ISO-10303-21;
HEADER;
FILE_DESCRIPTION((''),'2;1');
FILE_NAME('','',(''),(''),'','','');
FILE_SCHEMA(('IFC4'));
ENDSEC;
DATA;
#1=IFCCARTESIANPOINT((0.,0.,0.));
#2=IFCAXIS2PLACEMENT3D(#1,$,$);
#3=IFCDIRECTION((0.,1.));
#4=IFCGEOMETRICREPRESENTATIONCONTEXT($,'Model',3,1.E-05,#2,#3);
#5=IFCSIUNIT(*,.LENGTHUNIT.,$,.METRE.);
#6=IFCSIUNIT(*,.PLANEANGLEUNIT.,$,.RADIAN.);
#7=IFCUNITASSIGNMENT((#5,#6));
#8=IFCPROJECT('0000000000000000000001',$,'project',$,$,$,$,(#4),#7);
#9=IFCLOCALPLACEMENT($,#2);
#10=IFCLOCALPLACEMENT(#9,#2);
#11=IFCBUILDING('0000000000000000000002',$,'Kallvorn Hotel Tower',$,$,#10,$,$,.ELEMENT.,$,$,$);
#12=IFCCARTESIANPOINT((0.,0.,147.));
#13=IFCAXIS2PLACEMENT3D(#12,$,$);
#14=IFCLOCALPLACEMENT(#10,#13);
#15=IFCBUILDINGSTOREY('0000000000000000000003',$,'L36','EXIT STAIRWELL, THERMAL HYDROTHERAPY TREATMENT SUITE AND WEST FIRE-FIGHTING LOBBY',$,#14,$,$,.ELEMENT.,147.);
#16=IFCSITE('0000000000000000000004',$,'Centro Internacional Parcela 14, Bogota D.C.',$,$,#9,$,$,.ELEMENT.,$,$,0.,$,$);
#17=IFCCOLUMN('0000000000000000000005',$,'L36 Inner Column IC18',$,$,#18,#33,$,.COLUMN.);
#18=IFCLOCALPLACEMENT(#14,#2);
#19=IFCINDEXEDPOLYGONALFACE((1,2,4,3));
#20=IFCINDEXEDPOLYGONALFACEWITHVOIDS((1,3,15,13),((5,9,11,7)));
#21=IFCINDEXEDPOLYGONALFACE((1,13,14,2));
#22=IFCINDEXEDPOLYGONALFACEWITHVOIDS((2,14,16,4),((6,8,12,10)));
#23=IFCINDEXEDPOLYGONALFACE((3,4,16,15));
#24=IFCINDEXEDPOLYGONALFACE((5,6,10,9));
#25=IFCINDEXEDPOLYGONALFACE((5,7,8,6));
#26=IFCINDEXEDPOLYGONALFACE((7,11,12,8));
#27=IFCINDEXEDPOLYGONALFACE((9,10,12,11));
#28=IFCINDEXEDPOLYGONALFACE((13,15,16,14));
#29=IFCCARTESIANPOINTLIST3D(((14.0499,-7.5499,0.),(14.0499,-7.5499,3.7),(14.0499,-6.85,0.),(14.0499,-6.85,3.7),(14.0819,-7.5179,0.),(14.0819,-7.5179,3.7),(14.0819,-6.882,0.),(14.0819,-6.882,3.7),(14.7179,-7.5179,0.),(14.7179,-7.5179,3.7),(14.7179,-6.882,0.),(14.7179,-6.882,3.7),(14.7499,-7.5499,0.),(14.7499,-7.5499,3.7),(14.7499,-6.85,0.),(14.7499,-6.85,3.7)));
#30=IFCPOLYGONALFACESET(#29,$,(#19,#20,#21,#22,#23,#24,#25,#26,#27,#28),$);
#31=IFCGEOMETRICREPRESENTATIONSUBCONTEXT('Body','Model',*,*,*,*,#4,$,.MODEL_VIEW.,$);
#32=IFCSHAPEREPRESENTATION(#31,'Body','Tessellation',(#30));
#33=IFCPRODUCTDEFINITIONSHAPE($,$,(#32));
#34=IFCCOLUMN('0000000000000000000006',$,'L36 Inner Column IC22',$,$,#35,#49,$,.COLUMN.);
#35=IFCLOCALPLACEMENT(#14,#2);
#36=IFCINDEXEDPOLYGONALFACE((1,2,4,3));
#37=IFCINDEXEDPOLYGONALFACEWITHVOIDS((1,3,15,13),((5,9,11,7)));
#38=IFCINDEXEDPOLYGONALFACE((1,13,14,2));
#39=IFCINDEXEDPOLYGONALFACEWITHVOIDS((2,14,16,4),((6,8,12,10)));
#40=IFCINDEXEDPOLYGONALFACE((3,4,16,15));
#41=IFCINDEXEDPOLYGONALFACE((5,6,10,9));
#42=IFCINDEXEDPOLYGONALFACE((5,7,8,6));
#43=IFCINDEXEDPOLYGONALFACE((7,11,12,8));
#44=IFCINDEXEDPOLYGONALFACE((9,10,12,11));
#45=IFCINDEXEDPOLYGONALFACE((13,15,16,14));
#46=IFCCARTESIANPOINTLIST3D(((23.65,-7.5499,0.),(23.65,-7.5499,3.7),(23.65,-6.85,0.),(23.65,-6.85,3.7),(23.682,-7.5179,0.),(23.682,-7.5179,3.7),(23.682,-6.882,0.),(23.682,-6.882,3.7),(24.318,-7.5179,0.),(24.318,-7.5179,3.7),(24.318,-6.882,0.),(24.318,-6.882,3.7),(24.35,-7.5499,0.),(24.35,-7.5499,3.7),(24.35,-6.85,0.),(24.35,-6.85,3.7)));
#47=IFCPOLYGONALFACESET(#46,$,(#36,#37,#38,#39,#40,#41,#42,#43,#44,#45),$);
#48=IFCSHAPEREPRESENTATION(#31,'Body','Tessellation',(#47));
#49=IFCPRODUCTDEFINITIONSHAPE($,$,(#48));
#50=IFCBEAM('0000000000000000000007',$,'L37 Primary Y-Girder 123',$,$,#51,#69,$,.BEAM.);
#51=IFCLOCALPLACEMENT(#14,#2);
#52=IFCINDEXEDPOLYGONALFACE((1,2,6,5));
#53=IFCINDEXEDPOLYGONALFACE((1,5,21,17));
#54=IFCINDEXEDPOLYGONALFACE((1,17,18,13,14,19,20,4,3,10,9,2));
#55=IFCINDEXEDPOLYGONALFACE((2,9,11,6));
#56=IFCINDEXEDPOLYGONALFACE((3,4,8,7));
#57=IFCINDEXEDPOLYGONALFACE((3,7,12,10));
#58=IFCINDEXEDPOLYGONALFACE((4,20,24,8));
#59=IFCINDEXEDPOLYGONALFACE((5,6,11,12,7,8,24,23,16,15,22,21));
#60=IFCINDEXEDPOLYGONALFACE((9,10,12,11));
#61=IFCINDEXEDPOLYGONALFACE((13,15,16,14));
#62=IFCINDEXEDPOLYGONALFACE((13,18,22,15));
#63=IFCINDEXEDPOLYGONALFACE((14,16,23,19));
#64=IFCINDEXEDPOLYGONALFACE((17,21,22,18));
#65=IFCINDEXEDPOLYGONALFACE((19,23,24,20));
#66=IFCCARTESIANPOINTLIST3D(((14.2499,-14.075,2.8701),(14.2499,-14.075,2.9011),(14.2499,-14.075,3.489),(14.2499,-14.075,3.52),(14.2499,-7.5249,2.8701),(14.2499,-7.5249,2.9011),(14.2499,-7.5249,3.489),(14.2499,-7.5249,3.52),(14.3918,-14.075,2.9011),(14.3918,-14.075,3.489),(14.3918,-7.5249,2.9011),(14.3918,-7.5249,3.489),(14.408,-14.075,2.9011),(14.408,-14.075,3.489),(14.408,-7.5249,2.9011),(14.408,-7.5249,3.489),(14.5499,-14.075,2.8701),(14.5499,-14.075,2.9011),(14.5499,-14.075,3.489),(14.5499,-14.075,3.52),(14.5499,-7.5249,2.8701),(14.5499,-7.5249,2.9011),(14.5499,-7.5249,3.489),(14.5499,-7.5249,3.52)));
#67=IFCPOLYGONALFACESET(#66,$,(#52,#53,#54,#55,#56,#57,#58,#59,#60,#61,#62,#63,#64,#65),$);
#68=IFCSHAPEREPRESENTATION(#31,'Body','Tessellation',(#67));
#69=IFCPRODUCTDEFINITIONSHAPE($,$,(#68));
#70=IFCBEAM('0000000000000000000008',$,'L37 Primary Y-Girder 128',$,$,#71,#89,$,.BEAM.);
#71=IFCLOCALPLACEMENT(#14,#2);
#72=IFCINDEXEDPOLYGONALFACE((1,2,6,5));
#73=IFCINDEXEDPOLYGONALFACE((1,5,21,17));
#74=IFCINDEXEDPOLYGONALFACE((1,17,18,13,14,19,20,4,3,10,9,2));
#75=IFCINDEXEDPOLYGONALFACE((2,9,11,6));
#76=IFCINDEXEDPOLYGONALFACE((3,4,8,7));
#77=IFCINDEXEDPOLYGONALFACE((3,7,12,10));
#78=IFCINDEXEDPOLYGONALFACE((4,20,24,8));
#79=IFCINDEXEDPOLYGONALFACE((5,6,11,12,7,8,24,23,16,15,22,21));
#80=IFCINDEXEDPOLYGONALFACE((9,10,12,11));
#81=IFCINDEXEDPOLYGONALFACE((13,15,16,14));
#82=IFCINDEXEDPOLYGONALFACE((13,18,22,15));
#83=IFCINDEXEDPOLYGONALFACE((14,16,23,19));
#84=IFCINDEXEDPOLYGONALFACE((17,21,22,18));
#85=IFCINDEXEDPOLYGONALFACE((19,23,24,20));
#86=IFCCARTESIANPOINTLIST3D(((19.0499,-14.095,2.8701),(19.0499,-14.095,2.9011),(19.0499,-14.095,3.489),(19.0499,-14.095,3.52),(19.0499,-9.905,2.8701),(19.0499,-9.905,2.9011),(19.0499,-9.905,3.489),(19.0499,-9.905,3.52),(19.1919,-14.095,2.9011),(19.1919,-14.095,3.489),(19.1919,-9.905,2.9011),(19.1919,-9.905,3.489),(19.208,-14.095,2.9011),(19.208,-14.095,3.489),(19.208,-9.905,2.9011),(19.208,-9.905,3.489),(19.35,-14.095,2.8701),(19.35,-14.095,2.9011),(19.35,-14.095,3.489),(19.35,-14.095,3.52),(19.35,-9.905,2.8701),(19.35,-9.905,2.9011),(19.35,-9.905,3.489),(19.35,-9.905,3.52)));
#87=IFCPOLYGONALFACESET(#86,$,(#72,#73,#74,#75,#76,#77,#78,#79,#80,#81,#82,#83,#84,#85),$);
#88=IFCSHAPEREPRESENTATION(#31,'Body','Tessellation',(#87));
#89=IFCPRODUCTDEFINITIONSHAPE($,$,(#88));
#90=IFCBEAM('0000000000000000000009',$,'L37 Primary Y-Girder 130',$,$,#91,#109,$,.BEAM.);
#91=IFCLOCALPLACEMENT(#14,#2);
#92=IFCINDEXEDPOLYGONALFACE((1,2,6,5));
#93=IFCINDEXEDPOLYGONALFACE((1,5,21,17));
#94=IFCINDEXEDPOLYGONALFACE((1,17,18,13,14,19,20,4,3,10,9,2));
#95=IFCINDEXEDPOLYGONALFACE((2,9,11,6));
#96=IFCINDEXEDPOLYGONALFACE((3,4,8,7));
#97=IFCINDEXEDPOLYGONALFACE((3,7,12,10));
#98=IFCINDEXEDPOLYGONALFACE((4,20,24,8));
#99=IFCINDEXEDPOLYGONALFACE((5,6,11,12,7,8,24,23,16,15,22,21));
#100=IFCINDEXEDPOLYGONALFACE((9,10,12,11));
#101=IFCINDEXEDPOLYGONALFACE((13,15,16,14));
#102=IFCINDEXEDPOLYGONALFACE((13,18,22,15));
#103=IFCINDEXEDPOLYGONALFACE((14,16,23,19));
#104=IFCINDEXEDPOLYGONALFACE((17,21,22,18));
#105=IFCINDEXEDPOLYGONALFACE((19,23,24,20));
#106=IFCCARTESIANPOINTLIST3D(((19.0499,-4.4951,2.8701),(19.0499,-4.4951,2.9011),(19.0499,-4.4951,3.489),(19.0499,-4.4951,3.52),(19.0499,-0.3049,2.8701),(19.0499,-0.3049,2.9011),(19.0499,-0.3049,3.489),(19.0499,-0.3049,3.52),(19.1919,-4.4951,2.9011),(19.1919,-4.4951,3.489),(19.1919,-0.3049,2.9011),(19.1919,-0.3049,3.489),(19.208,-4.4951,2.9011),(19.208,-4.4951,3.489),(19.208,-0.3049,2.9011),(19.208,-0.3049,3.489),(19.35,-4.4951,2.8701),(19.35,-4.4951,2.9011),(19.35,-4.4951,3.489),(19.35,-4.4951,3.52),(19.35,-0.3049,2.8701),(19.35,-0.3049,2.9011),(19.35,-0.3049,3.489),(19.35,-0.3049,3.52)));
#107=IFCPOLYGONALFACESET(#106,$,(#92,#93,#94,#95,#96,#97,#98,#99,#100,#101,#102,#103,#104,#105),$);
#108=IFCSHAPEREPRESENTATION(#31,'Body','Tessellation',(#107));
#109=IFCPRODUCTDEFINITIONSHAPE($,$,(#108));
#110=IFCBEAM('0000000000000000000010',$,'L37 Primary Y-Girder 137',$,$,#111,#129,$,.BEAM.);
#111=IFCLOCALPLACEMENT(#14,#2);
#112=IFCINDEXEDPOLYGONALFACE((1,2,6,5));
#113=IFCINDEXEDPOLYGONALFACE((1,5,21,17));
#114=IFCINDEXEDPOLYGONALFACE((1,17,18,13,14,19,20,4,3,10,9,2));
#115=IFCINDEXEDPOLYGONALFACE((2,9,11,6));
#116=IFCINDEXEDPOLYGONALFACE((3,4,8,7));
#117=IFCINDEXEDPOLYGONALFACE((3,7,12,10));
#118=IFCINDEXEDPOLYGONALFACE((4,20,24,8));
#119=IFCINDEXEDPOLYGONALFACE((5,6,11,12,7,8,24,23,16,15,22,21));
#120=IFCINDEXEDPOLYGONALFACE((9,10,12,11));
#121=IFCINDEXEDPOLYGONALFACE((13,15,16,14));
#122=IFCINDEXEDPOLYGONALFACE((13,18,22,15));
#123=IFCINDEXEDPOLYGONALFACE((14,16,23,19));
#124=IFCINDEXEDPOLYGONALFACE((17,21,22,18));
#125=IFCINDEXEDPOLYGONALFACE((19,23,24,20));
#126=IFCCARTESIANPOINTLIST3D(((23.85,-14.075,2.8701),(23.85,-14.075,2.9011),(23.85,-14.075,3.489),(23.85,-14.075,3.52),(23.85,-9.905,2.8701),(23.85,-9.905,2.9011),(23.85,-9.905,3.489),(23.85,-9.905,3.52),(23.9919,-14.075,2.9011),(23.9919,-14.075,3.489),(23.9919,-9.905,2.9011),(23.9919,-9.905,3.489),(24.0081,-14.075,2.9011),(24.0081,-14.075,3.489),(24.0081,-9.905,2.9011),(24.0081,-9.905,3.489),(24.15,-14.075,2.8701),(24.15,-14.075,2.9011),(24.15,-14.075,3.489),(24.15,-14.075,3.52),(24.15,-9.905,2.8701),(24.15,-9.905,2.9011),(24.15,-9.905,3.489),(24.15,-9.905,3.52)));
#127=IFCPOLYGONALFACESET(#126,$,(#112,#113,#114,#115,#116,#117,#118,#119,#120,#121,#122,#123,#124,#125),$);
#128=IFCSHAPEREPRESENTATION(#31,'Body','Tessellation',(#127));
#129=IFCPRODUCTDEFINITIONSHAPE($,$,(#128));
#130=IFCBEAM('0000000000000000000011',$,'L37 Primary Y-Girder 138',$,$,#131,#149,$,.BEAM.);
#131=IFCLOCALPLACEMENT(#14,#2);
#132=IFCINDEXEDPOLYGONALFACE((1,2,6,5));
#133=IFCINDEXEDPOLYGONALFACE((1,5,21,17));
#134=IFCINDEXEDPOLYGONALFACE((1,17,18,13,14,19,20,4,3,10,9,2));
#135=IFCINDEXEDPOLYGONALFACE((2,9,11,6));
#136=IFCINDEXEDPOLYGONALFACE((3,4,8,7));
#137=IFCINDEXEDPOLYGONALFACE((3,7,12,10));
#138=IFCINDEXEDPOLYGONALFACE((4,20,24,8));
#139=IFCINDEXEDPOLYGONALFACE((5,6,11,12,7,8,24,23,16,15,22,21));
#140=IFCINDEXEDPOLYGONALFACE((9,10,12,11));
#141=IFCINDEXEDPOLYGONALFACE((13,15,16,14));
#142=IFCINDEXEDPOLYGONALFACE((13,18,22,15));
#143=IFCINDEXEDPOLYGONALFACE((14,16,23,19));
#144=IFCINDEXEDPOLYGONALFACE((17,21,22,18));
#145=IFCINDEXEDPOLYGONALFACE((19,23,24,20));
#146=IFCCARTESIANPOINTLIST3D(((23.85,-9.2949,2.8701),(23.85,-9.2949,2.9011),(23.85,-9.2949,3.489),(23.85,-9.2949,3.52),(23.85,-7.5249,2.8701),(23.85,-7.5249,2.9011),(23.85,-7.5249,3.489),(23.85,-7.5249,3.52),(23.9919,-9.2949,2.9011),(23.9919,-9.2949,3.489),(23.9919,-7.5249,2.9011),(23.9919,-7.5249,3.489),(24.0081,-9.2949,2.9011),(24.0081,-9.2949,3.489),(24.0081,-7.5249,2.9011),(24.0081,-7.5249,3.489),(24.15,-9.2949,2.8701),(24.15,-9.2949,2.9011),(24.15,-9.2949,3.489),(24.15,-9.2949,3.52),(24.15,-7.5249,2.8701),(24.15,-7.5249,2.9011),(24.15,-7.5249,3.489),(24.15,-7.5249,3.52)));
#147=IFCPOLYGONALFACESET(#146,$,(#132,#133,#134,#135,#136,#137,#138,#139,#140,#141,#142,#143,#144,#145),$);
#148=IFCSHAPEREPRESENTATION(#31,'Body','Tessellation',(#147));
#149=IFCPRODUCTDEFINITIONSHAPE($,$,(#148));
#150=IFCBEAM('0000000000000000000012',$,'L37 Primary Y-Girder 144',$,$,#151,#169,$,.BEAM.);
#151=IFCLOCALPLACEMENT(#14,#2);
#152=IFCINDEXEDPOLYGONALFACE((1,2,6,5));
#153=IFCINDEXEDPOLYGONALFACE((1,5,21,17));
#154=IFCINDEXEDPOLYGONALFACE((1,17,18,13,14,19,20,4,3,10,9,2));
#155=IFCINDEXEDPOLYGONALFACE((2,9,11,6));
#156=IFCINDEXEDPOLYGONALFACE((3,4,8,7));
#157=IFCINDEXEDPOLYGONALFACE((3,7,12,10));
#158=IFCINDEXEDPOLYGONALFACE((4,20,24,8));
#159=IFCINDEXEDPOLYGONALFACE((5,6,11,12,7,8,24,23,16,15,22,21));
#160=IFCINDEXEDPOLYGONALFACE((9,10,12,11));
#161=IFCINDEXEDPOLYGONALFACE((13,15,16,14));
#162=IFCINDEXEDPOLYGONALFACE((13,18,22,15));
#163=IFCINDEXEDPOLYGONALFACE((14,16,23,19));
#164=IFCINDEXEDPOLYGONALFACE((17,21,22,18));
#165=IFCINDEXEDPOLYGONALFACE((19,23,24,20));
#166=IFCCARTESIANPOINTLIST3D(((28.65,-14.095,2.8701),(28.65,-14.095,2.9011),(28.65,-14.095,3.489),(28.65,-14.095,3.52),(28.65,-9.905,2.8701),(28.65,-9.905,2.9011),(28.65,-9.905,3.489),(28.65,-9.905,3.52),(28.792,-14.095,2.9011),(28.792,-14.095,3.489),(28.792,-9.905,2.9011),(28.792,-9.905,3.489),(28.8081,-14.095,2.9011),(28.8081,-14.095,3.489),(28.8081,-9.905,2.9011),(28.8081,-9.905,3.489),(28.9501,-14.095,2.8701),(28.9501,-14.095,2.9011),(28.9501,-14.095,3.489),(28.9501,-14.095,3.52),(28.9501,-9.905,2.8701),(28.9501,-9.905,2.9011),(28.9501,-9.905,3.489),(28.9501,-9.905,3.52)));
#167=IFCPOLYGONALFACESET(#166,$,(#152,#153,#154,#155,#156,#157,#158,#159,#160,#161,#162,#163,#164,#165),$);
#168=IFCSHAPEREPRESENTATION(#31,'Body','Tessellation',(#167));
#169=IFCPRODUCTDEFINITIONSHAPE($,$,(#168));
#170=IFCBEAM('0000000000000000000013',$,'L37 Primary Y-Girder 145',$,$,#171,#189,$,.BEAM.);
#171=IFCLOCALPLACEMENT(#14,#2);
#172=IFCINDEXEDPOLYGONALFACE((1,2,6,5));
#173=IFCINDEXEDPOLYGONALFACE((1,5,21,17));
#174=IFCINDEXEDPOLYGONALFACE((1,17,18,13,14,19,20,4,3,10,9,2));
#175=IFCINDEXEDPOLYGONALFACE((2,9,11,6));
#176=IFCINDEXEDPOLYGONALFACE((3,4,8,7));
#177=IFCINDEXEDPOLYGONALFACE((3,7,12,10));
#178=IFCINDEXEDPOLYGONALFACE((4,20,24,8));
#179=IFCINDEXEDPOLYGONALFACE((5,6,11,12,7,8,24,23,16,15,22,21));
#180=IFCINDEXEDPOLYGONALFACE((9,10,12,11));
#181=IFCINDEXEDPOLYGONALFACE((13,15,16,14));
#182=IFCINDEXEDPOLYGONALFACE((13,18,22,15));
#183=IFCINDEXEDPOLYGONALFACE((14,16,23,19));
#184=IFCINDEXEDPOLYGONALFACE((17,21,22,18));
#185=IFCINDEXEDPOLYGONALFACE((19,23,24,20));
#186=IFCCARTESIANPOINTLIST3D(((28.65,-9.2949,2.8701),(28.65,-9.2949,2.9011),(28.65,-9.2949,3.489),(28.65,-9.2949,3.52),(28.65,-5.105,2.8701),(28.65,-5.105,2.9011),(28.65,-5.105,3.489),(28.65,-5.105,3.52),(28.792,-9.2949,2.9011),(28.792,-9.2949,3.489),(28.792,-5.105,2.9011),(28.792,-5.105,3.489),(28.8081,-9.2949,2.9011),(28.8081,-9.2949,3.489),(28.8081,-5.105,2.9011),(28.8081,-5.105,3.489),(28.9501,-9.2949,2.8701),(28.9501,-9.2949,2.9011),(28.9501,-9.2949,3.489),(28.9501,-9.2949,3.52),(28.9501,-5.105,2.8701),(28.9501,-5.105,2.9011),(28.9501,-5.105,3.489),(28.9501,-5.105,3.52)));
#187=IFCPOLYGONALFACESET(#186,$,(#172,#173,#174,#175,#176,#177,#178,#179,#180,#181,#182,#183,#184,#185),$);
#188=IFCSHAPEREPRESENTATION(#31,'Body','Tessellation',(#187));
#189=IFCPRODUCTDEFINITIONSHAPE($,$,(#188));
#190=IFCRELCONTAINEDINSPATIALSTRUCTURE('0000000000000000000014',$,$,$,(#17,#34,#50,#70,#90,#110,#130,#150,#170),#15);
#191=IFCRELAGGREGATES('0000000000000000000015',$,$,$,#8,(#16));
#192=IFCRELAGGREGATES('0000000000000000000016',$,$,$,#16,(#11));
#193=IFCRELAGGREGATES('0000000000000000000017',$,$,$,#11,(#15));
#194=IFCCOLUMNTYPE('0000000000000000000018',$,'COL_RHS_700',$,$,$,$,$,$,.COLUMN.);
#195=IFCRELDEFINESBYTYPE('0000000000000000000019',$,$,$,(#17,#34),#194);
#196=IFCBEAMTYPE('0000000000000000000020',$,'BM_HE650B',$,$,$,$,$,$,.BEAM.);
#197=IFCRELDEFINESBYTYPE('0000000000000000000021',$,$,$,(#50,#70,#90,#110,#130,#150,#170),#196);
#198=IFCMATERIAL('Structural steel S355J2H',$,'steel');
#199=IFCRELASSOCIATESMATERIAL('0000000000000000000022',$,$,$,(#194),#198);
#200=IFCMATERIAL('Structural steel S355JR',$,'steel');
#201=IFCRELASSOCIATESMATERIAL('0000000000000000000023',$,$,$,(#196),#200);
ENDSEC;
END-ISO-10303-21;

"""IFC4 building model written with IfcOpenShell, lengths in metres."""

from ifc_helpers import new_model, si_unit, direction, frame, origin, origin_2d, place, context, subcontext, project, spatial, hollow_rectangle, i_section, extrude, material, material_profile, profile_set, type_object, element, save


model = new_model("IFC4")

# Units and contexts
model_context = context("Model", 3, precision=1e-05, world=origin(), true_north=direction((0.0, 1.0)))
body_context = subcontext(model_context, "Body", "Model", "MODEL_VIEW")
ifc_project = project(units=[si_unit("LENGTHUNIT", "METRE"), si_unit("PLANEANGLEUNIT", "RADIAN")], contexts=[model_context])

# Site, building, storey
site_placement = place(None, origin())
site = spatial("IfcSite", under=ifc_project, at=site_placement, Name="Centro Internacional Parcela 14, Bogota D.C.", CompositionType="ELEMENT", RefElevation=0.0)
building_placement = place(site_placement, origin())
building = spatial("IfcBuilding", under=site, at=building_placement, Name="Kallvorn Hotel Tower", CompositionType="ELEMENT")
storey_placement = place(building_placement, frame((0.0, 0.0, 147.0)))
storey = spatial("IfcBuildingStorey", under=building, at=storey_placement, Name="L36", Description="EXIT STAIRWELL, THERMAL HYDROTHERAPY TREATMENT SUITE AND WEST FIRE-FIGHTING LOBBY", CompositionType="ELEMENT", Elevation=147.0)

# Columns
ifc_material_1 = material(Name="Structural steel S355J2H", Category="steel")
ifc_material_profile_1 = material_profile(ifc_material_1, hollow_rectangle(XDim=0.7, YDim=0.7, WallThickness=0.032, at=origin_2d()), Name="RHS 700x700x32")
ifc_profile_set_1 = profile_set([ifc_material_profile_1], Name="Structural steel S355J2H")
column_type_1 = type_object("IfcColumnType", Name="COL_RHS_700", PredefinedType="COLUMN", material=ifc_profile_set_1)
for number, where, z_axis, x_axis, name in (
    (1, (14.3999, -7.2, 0.0), (0.0, 0.0, 1.0), (1.0, 0.0, 0.0), "L36 Inner Column IC18"),
    (2, (24.0, -7.2, 0.0), (0.0, 0.0, 1.0), (1.0, 0.0, 0.0), "L36 Inner Column IC22"),
):
    element("IfcColumn", number, at=place(storey_placement, frame(where, z_axis=z_axis, x_axis=x_axis)), inside=storey, type_object=column_type_1, Name=name, PredefinedType="COLUMN", context=body_context, shape_type="SweptSolid", body=[
        extrude(hollow_rectangle(XDim=0.7, YDim=0.7, WallThickness=0.032, at=origin_2d()), origin(), (0.0, 0.0, 1.0), 3.7),
    ])

# Beams
ifc_material_2 = material(Name="Structural steel S355JR", Category="steel")
ifc_material_profile_2 = material_profile(ifc_material_2, i_section(OverallWidth=0.3, OverallDepth=0.6499, WebThickness=0.0161, FlangeThickness=0.031, at=origin_2d()), Name="HE 650 B")
ifc_profile_set_2 = profile_set([ifc_material_profile_2], Name="Structural steel S355JR")
beam_type_1 = type_object("IfcBeamType", Name="BM_HE650B", PredefinedType="BEAM", material=ifc_profile_set_2)
beam_1_placement = place(storey_placement, frame((14.3999, -14.075, 3.1951), z_axis=(0.0, 1.0, 0.0), x_axis=(-1.0, 0.0, 0.0)))
element("IfcBeam", 3, at=beam_1_placement, inside=storey, type_object=beam_type_1, Name="L37 Primary Y-Girder 123", PredefinedType="BEAM", context=body_context, shape_type="SweptSolid", body=[
    extrude(i_section(OverallWidth=0.3, OverallDepth=0.6499, WebThickness=0.0161, FlangeThickness=0.031, at=origin_2d()), origin(), (0.0, 0.0, 1.0), 6.55),
])
beam_2_placement = place(storey_placement, frame((19.2, -14.095, 3.1951), z_axis=(0.0, 1.0, 0.0), x_axis=(-1.0, 0.0, 0.0)))
element("IfcBeam", 4, at=beam_2_placement, inside=storey, type_object=beam_type_1, Name="L37 Primary Y-Girder 128", PredefinedType="BEAM", context=body_context, shape_type="SweptSolid", body=[
    extrude(i_section(OverallWidth=0.3, OverallDepth=0.6499, WebThickness=0.0161, FlangeThickness=0.031, at=origin_2d()), origin(), (0.0, 0.0, 1.0), 4.1899),
])
beam_3_placement = place(storey_placement, frame((19.2, -4.4951, 3.1951), z_axis=(0.0, 1.0, 0.0), x_axis=(-1.0, 0.0, 0.0)))
element("IfcBeam", 5, at=beam_3_placement, inside=storey, type_object=beam_type_1, Name="L37 Primary Y-Girder 130", PredefinedType="BEAM", context=body_context, shape_type="SweptSolid", body=[
    extrude(i_section(OverallWidth=0.3, OverallDepth=0.6499, WebThickness=0.0161, FlangeThickness=0.031, at=origin_2d()), origin(), (0.0, 0.0, 1.0), 4.1902),
])
beam_4_placement = place(storey_placement, frame((24.0, -14.075, 3.1951), z_axis=(0.0, 1.0, 0.0), x_axis=(-1.0, 0.0, 0.0)))
element("IfcBeam", 6, at=beam_4_placement, inside=storey, type_object=beam_type_1, Name="L37 Primary Y-Girder 137", PredefinedType="BEAM", context=body_context, shape_type="SweptSolid", body=[
    extrude(i_section(OverallWidth=0.3, OverallDepth=0.6499, WebThickness=0.0161, FlangeThickness=0.031, at=origin_2d()), origin(), (0.0, 0.0, 1.0), 4.1699),
])
beam_5_placement = place(storey_placement, frame((24.0, -9.2949, 3.1951), z_axis=(0.0, 1.0, 0.0), x_axis=(-1.0, 0.0, 0.0)))
element("IfcBeam", 7, at=beam_5_placement, inside=storey, type_object=beam_type_1, Name="L37 Primary Y-Girder 138", PredefinedType="BEAM", context=body_context, shape_type="SweptSolid", body=[
    extrude(i_section(OverallWidth=0.3, OverallDepth=0.6499, WebThickness=0.0161, FlangeThickness=0.031, at=origin_2d()), origin(), (0.0, 0.0, 1.0), 1.77),
])
for number, where, z_axis, x_axis, name in (
    (8, (28.8, -14.095, 3.1951), (0.0, 1.0, 0.0), (-1.0, 0.0, 0.0), "L37 Primary Y-Girder 144"),
    (9, (28.8, -9.2949, 3.1951), (0.0, 1.0, 0.0), (-1.0, 0.0, 0.0), "L37 Primary Y-Girder 145"),
):
    element("IfcBeam", number, at=place(storey_placement, frame(where, z_axis=z_axis, x_axis=x_axis)), inside=storey, type_object=beam_type_1, Name=name, PredefinedType="BEAM", context=body_context, shape_type="SweptSolid", body=[
        extrude(i_section(OverallWidth=0.3, OverallDepth=0.6499, WebThickness=0.0161, FlangeThickness=0.031, at=origin_2d()), origin(), (0.0, 0.0, 1.0), 4.1899),
    ])

save(model, "model.ifc")
